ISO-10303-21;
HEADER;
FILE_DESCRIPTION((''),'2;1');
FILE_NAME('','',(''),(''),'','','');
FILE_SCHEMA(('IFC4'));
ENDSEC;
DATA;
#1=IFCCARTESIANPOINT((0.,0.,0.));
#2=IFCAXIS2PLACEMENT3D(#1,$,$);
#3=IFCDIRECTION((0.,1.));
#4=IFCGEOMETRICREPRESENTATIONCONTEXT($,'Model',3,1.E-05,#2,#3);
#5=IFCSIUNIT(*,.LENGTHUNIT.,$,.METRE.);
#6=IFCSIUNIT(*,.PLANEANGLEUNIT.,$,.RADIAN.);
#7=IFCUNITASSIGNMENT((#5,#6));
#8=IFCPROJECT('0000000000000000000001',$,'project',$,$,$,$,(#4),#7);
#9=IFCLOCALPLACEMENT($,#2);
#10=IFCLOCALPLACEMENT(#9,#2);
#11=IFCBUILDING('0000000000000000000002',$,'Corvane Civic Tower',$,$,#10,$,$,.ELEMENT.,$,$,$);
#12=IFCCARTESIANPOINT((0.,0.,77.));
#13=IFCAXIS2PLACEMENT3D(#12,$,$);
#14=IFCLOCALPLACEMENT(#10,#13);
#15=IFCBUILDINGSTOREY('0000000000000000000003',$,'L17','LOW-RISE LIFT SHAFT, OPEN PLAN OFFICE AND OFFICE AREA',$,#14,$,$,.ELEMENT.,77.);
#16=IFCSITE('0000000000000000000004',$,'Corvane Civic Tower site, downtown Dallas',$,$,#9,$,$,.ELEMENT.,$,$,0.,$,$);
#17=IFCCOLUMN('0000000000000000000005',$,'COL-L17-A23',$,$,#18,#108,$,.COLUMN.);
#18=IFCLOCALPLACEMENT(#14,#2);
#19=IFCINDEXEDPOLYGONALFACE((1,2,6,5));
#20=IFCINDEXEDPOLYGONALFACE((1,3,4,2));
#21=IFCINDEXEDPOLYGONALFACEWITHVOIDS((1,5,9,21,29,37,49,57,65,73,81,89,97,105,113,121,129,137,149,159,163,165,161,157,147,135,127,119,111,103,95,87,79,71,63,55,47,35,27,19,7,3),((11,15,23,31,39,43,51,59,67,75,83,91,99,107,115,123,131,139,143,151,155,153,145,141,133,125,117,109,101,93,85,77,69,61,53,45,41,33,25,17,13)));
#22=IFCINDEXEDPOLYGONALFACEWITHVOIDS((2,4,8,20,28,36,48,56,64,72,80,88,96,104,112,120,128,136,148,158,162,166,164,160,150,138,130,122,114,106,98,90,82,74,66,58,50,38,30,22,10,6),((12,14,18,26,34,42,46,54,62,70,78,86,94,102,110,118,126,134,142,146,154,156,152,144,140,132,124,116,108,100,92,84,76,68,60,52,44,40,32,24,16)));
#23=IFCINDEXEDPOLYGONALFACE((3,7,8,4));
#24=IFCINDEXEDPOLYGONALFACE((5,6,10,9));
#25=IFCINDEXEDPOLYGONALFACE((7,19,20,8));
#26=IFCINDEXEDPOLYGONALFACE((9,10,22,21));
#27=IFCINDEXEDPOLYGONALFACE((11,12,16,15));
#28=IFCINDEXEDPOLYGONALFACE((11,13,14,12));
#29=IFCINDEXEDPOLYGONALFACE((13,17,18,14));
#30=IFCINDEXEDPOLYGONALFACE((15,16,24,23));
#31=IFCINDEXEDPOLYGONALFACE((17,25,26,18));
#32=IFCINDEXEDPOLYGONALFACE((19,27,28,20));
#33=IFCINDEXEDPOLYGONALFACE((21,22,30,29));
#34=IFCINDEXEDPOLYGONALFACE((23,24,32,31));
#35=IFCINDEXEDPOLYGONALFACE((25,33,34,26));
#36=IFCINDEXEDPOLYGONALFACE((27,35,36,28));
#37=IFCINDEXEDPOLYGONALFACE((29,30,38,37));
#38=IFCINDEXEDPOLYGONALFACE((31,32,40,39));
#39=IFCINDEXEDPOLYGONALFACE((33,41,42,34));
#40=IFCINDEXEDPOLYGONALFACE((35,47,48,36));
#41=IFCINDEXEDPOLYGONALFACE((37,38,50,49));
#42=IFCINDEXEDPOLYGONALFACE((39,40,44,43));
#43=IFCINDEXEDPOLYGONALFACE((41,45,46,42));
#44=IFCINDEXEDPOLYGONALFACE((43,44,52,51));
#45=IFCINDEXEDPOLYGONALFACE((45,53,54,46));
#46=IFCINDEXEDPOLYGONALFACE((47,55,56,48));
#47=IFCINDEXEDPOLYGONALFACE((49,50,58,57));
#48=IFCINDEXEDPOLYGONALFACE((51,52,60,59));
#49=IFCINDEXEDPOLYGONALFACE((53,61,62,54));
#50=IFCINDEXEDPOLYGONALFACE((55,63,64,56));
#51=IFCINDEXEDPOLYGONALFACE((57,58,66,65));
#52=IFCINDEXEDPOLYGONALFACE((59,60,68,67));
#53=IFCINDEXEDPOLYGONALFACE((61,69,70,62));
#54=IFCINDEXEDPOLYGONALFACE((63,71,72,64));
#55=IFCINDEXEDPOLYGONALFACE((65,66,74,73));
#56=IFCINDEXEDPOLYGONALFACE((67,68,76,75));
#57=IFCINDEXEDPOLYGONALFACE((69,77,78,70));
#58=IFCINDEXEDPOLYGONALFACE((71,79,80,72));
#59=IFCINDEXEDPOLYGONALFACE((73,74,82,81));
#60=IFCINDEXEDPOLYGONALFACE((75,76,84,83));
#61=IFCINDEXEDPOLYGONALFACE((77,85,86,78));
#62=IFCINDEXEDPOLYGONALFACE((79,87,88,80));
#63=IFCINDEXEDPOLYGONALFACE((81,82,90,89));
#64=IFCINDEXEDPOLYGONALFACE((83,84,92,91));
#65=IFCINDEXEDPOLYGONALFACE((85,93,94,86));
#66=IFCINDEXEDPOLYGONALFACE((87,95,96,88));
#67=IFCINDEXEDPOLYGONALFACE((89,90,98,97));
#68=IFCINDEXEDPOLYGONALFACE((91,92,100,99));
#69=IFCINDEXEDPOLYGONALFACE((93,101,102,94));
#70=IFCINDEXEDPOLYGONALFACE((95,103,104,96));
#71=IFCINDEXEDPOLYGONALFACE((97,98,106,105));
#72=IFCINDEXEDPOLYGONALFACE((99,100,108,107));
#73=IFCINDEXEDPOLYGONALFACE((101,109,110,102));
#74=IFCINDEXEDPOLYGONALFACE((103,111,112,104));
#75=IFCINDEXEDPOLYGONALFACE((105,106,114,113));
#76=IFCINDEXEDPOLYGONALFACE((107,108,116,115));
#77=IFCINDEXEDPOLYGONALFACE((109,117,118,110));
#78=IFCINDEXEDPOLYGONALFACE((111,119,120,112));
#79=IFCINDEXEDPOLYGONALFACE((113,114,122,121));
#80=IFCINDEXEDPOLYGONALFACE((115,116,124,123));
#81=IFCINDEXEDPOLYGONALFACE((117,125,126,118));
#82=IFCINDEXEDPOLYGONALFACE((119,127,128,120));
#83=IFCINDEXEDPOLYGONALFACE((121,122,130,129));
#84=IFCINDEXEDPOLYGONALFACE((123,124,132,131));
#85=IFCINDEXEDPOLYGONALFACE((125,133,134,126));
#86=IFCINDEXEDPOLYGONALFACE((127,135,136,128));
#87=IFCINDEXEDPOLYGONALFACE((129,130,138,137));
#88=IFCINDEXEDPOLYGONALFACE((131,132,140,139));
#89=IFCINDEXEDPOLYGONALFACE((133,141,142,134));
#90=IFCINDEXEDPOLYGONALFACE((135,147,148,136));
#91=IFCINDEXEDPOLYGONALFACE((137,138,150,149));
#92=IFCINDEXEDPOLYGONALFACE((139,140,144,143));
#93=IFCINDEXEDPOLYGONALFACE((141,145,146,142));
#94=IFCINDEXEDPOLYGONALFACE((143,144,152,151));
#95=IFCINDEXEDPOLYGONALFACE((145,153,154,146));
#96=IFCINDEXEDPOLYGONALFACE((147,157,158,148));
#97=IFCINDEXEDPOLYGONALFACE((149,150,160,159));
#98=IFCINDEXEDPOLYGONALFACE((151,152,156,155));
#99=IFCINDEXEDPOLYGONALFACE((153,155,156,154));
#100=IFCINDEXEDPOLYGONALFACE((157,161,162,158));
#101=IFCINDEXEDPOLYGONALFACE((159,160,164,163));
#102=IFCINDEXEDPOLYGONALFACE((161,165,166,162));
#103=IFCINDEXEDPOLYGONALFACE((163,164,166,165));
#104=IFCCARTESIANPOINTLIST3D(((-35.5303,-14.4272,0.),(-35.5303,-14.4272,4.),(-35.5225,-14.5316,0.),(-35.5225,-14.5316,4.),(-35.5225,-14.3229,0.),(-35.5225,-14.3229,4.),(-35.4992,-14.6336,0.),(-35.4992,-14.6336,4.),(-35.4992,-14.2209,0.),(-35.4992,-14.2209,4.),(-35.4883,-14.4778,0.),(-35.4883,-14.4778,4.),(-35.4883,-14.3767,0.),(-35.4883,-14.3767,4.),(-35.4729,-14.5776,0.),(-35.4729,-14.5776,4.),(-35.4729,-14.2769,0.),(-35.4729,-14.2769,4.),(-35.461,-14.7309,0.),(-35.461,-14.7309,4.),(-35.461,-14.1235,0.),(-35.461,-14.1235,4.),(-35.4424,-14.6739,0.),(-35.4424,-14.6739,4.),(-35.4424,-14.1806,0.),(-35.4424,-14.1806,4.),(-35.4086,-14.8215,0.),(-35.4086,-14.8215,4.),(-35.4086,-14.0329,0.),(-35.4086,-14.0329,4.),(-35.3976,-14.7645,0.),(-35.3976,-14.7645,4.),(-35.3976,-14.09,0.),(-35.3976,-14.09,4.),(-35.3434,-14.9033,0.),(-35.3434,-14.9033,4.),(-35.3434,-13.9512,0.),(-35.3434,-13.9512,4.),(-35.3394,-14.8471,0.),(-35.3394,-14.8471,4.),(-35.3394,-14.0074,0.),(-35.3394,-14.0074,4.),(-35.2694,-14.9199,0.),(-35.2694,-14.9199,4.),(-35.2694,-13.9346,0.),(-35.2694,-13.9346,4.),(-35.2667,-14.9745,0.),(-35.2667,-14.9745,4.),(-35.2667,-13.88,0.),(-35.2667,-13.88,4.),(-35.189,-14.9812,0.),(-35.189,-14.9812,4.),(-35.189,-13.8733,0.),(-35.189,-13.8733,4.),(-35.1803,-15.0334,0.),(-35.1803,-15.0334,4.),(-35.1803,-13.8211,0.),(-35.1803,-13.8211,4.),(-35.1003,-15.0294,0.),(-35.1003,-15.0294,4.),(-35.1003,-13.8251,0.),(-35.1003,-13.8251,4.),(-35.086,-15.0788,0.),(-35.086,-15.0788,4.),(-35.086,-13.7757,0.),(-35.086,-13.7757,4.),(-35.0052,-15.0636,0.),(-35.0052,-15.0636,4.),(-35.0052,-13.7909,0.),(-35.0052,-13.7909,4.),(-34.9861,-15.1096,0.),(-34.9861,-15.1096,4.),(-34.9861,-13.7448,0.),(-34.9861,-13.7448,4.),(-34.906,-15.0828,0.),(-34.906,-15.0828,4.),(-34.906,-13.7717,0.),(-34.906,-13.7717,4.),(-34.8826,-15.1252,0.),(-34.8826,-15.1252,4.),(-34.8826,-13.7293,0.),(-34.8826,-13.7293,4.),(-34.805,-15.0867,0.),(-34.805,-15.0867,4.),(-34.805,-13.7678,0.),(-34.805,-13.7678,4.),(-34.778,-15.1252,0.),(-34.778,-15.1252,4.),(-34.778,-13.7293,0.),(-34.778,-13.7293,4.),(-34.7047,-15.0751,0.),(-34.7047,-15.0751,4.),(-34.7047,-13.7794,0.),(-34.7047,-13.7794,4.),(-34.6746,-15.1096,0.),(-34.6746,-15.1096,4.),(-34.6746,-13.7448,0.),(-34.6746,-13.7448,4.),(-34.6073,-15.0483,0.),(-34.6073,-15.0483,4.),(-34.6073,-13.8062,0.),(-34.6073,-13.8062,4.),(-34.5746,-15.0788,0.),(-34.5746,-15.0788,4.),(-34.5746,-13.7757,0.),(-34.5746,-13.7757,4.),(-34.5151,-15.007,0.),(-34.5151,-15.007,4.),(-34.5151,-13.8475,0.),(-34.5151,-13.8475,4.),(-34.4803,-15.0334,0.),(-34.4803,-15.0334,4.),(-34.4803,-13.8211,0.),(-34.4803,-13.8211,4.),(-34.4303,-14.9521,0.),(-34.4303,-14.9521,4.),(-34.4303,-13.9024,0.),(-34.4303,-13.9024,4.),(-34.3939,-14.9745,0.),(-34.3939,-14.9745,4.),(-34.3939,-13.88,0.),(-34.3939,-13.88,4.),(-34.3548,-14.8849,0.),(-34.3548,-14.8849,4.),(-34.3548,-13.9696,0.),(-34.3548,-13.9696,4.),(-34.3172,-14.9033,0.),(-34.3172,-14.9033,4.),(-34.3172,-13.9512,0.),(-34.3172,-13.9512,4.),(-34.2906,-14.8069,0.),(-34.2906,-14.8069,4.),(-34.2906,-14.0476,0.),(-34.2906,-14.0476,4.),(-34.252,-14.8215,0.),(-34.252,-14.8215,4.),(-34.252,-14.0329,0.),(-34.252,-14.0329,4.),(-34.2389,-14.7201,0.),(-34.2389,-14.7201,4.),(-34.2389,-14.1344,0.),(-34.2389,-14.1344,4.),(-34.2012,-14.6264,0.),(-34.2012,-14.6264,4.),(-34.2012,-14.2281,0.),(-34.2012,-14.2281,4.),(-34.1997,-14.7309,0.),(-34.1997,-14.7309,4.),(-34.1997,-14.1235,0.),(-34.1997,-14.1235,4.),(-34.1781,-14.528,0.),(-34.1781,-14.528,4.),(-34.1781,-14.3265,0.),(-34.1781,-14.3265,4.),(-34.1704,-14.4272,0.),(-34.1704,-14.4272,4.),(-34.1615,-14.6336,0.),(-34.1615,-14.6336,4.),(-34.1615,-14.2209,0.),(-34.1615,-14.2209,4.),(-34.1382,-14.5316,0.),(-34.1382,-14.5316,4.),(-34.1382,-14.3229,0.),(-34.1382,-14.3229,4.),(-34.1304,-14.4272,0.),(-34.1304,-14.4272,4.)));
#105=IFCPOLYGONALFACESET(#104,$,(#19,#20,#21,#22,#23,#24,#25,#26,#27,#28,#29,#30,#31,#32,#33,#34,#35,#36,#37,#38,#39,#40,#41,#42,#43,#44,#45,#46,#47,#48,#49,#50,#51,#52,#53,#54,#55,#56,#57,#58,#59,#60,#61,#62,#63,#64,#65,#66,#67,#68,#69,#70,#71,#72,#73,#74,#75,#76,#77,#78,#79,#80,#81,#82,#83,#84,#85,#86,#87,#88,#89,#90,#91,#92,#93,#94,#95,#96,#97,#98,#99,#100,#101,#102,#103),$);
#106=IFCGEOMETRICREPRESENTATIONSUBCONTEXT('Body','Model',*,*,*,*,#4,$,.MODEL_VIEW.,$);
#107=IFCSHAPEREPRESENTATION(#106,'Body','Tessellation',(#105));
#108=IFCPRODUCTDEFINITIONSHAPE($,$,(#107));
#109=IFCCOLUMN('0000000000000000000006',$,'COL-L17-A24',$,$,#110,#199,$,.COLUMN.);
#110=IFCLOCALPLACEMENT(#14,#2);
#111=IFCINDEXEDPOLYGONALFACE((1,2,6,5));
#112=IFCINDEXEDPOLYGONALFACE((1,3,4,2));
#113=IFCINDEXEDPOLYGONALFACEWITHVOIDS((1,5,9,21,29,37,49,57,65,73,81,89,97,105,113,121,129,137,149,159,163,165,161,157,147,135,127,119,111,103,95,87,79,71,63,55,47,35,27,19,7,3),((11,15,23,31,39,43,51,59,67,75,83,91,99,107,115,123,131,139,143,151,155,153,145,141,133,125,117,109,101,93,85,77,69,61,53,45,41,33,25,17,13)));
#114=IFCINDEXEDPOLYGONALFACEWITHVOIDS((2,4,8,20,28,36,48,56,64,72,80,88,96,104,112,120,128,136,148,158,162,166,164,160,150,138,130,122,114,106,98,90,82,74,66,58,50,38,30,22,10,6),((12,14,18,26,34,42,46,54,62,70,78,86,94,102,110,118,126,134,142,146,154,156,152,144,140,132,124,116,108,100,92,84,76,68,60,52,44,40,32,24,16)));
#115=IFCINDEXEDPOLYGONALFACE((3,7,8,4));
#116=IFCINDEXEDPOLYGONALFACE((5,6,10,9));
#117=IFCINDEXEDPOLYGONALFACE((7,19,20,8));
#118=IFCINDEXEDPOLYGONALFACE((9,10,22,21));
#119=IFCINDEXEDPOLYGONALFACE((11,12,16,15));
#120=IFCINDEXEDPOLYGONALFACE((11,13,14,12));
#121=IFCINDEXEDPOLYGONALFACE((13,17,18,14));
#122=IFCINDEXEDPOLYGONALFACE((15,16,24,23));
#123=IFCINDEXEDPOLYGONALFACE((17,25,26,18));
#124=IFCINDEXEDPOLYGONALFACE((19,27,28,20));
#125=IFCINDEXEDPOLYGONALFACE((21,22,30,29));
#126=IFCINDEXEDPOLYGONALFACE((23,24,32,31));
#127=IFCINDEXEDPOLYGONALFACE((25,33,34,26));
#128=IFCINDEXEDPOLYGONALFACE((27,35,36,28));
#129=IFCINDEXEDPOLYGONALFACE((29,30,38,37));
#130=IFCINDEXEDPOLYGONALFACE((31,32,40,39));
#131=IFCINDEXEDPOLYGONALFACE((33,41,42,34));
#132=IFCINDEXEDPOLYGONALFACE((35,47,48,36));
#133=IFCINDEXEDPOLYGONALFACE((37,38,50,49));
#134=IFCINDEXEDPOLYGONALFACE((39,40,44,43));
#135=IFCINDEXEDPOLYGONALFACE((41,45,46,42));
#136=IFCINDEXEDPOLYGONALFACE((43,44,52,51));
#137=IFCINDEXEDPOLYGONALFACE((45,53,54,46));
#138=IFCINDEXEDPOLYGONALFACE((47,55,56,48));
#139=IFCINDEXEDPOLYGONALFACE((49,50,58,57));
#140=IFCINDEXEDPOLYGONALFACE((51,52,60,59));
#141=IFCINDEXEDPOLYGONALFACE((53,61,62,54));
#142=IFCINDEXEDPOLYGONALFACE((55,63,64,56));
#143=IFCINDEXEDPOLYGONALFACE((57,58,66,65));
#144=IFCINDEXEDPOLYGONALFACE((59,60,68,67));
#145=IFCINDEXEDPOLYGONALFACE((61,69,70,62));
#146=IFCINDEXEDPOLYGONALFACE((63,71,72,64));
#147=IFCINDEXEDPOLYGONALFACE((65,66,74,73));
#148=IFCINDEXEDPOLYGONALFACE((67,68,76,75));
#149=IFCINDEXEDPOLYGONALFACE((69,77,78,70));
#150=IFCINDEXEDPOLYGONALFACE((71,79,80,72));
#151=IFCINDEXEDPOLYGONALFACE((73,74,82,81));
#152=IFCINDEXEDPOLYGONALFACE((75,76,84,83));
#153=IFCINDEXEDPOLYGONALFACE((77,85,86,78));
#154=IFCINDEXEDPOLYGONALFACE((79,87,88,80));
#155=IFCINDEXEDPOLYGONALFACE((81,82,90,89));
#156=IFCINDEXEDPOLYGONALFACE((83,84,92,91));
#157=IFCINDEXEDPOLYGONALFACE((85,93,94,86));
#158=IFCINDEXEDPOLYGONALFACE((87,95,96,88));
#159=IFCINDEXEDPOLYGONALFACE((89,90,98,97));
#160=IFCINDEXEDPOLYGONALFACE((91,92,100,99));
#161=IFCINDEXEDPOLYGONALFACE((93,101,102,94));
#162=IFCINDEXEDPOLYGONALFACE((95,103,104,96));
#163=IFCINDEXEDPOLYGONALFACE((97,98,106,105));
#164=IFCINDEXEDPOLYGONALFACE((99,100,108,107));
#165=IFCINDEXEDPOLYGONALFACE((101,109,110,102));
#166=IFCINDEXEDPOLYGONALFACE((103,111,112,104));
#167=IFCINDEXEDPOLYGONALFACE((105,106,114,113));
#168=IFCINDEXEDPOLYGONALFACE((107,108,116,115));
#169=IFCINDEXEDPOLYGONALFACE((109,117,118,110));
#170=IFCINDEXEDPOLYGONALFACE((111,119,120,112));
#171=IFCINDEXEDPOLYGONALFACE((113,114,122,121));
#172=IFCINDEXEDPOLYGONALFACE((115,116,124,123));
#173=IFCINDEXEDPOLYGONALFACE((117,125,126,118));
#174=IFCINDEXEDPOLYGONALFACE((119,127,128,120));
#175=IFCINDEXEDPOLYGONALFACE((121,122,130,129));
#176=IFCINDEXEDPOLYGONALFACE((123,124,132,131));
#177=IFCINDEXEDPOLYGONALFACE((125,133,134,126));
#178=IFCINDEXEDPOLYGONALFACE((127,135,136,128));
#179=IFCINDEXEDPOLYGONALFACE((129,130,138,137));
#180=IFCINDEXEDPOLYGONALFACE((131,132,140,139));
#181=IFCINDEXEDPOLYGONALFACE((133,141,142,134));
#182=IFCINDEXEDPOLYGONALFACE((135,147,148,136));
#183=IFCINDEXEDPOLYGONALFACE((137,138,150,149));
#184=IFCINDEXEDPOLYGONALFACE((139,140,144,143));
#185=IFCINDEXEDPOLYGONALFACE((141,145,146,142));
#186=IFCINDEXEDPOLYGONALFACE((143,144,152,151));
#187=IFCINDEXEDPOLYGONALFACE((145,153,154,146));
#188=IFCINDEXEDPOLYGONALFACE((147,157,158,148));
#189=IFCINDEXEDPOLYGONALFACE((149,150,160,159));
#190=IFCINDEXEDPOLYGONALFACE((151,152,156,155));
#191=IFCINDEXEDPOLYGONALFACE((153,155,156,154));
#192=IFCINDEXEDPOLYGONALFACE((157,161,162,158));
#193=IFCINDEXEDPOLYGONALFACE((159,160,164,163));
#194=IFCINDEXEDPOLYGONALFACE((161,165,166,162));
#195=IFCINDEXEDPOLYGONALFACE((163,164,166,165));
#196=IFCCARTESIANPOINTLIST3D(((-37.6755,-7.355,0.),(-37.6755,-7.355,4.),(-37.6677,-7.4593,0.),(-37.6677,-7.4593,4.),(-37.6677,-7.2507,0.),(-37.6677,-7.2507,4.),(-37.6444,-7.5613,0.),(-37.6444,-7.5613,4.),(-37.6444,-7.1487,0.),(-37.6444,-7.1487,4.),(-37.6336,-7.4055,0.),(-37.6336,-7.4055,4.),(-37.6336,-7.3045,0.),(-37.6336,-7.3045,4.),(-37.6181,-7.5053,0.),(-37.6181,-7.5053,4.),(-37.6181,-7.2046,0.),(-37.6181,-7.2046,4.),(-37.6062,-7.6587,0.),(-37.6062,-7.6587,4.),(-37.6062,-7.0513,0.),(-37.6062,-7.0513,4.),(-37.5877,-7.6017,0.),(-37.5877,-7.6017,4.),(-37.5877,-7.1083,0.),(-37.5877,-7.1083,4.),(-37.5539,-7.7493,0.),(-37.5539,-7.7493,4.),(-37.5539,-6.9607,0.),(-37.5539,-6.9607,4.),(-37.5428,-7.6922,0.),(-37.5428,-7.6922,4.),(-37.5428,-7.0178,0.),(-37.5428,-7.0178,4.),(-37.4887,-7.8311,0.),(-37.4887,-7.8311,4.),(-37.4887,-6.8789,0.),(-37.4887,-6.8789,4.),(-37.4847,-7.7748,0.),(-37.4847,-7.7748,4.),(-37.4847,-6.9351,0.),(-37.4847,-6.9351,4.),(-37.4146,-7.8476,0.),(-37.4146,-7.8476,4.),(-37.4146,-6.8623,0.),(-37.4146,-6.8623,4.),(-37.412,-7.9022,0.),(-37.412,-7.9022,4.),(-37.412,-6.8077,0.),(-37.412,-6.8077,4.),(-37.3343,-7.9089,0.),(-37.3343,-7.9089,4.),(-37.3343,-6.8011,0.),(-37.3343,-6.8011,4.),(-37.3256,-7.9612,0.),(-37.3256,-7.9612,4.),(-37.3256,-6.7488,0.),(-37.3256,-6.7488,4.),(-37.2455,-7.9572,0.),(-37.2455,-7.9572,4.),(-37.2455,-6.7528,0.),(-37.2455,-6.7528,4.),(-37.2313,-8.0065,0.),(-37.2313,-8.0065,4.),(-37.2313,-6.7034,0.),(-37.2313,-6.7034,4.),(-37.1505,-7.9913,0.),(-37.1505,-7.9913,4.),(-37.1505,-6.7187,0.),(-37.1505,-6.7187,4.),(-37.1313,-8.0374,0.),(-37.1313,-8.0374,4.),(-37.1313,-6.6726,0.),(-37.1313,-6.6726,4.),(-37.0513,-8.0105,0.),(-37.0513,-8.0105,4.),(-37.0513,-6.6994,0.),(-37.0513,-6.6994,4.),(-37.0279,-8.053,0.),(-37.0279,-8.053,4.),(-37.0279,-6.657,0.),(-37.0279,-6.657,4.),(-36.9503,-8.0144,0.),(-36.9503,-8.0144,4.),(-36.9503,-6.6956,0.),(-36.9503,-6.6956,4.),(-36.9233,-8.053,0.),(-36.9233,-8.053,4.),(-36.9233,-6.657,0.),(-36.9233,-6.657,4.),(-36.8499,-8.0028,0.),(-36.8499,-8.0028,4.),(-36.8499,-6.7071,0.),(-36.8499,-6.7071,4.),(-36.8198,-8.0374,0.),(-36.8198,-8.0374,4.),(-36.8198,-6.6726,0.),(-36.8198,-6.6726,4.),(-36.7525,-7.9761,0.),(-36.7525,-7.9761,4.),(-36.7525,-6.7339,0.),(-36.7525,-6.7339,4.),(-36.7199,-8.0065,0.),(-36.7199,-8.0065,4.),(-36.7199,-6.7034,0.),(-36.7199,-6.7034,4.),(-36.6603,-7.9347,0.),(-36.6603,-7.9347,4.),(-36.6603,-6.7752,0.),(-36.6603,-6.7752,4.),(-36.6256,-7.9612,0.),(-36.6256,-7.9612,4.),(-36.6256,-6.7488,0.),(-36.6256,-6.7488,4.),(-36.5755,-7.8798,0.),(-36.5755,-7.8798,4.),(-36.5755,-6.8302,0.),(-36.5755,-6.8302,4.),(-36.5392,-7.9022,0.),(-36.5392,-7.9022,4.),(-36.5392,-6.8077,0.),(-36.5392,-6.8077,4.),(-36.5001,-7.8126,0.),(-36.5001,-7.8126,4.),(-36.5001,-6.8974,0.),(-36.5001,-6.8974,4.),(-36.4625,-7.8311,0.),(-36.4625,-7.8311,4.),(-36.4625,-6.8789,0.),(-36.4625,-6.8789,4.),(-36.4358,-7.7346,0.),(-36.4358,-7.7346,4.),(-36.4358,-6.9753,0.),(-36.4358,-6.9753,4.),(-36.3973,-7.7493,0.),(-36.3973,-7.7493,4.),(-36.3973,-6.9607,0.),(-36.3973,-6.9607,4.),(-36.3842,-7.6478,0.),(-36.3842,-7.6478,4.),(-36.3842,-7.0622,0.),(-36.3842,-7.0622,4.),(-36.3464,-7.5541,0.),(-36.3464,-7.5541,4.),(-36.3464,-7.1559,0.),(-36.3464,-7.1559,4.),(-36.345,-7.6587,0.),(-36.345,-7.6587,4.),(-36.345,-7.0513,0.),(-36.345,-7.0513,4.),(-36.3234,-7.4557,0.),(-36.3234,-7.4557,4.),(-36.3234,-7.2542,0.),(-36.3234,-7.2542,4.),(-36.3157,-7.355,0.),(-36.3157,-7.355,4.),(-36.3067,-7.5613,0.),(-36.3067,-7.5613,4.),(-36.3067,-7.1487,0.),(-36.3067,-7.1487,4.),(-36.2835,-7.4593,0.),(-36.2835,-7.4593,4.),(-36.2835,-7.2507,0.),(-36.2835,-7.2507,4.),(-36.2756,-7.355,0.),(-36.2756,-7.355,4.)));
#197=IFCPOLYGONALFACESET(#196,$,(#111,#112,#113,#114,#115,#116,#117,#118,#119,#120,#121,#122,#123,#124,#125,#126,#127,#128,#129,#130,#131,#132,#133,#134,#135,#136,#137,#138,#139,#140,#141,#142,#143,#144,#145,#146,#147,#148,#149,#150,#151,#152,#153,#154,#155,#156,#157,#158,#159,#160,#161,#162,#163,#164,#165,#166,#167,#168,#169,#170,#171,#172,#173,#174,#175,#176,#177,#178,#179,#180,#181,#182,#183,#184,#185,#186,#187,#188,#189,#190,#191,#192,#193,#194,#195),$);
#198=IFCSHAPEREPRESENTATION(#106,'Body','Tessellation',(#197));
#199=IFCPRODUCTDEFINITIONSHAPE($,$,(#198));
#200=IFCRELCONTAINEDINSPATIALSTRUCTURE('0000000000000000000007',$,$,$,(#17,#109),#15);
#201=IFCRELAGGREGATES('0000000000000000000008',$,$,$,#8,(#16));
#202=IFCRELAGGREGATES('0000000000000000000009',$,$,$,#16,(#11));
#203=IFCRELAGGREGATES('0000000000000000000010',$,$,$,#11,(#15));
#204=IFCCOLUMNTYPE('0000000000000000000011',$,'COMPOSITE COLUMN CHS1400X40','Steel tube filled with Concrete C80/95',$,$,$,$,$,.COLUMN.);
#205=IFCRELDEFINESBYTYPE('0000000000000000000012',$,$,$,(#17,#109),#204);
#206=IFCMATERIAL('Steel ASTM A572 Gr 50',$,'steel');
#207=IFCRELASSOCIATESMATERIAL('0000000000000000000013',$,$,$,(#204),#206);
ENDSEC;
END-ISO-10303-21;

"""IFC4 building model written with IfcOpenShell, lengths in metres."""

from ifc_helpers import new_model, si_unit, direction, frame, origin, origin_2d, place, context, subcontext, project, spatial, hollow_circle, extrude, material, material_profile, profile_set, type_object, element, save


model = new_model("IFC4")

# Units and contexts
model_context = context("Model", 3, precision=1e-05, world=origin(), true_north=direction((0.0, 1.0)))
body_context = subcontext(model_context, "Body", "Model", "MODEL_VIEW")
ifc_project = project(units=[si_unit("LENGTHUNIT", "METRE"), si_unit("PLANEANGLEUNIT", "RADIAN")], contexts=[model_context])

# Site, building, storey
site_placement = place(None, origin())
site = spatial("IfcSite", under=ifc_project, at=site_placement, Name="Corvane Civic Tower site, downtown Dallas", CompositionType="ELEMENT", RefElevation=0.0)
building_placement = place(site_placement, origin())
building = spatial("IfcBuilding", under=site, at=building_placement, Name="Corvane Civic Tower", CompositionType="ELEMENT")
storey_placement = place(building_placement, frame((0.0, 0.0, 77.0)))
storey = spatial("IfcBuildingStorey", under=building, at=storey_placement, Name="L17", Description="LOW-RISE LIFT SHAFT, OPEN PLAN OFFICE AND OFFICE AREA", CompositionType="ELEMENT", Elevation=77.0)

# Columns
ifc_material_1 = material(Name="Steel ASTM A572 Gr 50", Category="steel")
ifc_material_profile_1 = material_profile(ifc_material_1, hollow_circle(Radius=0.7, WallThickness=0.04, at=origin_2d()), Name="CHS1400X40")
ifc_profile_set_1 = profile_set([ifc_material_profile_1], Name="Steel ASTM A572 Gr 50")
column_type = type_object("IfcColumnType", Name="COMPOSITE COLUMN CHS1400X40", Description="Steel tube filled with Concrete C80/95", PredefinedType="COLUMN", material=ifc_profile_set_1)
for number, where, z_axis, x_axis, name in (
    (1, (-34.8303, -14.4272, 0.0), (0.0, 0.0, 1.0), (1.0, 0.0, 0.0), "COL-L17-A23"),
    (2, (-36.9756, -7.355, 0.0), (0.0, 0.0, 1.0), (1.0, 0.0, 0.0), "COL-L17-A24"),
):
    element("IfcColumn", number, at=place(storey_placement, frame(where, z_axis=z_axis, x_axis=x_axis)), inside=storey, type_object=column_type, Name=name, PredefinedType="COLUMN", context=body_context, shape_type="SweptSolid", body=[
        extrude(hollow_circle(Radius=0.7, WallThickness=0.04, at=origin_2d()), origin(), (0.0, 0.0, 1.0), 4.0),
    ])

save(model, "model.ifc")
